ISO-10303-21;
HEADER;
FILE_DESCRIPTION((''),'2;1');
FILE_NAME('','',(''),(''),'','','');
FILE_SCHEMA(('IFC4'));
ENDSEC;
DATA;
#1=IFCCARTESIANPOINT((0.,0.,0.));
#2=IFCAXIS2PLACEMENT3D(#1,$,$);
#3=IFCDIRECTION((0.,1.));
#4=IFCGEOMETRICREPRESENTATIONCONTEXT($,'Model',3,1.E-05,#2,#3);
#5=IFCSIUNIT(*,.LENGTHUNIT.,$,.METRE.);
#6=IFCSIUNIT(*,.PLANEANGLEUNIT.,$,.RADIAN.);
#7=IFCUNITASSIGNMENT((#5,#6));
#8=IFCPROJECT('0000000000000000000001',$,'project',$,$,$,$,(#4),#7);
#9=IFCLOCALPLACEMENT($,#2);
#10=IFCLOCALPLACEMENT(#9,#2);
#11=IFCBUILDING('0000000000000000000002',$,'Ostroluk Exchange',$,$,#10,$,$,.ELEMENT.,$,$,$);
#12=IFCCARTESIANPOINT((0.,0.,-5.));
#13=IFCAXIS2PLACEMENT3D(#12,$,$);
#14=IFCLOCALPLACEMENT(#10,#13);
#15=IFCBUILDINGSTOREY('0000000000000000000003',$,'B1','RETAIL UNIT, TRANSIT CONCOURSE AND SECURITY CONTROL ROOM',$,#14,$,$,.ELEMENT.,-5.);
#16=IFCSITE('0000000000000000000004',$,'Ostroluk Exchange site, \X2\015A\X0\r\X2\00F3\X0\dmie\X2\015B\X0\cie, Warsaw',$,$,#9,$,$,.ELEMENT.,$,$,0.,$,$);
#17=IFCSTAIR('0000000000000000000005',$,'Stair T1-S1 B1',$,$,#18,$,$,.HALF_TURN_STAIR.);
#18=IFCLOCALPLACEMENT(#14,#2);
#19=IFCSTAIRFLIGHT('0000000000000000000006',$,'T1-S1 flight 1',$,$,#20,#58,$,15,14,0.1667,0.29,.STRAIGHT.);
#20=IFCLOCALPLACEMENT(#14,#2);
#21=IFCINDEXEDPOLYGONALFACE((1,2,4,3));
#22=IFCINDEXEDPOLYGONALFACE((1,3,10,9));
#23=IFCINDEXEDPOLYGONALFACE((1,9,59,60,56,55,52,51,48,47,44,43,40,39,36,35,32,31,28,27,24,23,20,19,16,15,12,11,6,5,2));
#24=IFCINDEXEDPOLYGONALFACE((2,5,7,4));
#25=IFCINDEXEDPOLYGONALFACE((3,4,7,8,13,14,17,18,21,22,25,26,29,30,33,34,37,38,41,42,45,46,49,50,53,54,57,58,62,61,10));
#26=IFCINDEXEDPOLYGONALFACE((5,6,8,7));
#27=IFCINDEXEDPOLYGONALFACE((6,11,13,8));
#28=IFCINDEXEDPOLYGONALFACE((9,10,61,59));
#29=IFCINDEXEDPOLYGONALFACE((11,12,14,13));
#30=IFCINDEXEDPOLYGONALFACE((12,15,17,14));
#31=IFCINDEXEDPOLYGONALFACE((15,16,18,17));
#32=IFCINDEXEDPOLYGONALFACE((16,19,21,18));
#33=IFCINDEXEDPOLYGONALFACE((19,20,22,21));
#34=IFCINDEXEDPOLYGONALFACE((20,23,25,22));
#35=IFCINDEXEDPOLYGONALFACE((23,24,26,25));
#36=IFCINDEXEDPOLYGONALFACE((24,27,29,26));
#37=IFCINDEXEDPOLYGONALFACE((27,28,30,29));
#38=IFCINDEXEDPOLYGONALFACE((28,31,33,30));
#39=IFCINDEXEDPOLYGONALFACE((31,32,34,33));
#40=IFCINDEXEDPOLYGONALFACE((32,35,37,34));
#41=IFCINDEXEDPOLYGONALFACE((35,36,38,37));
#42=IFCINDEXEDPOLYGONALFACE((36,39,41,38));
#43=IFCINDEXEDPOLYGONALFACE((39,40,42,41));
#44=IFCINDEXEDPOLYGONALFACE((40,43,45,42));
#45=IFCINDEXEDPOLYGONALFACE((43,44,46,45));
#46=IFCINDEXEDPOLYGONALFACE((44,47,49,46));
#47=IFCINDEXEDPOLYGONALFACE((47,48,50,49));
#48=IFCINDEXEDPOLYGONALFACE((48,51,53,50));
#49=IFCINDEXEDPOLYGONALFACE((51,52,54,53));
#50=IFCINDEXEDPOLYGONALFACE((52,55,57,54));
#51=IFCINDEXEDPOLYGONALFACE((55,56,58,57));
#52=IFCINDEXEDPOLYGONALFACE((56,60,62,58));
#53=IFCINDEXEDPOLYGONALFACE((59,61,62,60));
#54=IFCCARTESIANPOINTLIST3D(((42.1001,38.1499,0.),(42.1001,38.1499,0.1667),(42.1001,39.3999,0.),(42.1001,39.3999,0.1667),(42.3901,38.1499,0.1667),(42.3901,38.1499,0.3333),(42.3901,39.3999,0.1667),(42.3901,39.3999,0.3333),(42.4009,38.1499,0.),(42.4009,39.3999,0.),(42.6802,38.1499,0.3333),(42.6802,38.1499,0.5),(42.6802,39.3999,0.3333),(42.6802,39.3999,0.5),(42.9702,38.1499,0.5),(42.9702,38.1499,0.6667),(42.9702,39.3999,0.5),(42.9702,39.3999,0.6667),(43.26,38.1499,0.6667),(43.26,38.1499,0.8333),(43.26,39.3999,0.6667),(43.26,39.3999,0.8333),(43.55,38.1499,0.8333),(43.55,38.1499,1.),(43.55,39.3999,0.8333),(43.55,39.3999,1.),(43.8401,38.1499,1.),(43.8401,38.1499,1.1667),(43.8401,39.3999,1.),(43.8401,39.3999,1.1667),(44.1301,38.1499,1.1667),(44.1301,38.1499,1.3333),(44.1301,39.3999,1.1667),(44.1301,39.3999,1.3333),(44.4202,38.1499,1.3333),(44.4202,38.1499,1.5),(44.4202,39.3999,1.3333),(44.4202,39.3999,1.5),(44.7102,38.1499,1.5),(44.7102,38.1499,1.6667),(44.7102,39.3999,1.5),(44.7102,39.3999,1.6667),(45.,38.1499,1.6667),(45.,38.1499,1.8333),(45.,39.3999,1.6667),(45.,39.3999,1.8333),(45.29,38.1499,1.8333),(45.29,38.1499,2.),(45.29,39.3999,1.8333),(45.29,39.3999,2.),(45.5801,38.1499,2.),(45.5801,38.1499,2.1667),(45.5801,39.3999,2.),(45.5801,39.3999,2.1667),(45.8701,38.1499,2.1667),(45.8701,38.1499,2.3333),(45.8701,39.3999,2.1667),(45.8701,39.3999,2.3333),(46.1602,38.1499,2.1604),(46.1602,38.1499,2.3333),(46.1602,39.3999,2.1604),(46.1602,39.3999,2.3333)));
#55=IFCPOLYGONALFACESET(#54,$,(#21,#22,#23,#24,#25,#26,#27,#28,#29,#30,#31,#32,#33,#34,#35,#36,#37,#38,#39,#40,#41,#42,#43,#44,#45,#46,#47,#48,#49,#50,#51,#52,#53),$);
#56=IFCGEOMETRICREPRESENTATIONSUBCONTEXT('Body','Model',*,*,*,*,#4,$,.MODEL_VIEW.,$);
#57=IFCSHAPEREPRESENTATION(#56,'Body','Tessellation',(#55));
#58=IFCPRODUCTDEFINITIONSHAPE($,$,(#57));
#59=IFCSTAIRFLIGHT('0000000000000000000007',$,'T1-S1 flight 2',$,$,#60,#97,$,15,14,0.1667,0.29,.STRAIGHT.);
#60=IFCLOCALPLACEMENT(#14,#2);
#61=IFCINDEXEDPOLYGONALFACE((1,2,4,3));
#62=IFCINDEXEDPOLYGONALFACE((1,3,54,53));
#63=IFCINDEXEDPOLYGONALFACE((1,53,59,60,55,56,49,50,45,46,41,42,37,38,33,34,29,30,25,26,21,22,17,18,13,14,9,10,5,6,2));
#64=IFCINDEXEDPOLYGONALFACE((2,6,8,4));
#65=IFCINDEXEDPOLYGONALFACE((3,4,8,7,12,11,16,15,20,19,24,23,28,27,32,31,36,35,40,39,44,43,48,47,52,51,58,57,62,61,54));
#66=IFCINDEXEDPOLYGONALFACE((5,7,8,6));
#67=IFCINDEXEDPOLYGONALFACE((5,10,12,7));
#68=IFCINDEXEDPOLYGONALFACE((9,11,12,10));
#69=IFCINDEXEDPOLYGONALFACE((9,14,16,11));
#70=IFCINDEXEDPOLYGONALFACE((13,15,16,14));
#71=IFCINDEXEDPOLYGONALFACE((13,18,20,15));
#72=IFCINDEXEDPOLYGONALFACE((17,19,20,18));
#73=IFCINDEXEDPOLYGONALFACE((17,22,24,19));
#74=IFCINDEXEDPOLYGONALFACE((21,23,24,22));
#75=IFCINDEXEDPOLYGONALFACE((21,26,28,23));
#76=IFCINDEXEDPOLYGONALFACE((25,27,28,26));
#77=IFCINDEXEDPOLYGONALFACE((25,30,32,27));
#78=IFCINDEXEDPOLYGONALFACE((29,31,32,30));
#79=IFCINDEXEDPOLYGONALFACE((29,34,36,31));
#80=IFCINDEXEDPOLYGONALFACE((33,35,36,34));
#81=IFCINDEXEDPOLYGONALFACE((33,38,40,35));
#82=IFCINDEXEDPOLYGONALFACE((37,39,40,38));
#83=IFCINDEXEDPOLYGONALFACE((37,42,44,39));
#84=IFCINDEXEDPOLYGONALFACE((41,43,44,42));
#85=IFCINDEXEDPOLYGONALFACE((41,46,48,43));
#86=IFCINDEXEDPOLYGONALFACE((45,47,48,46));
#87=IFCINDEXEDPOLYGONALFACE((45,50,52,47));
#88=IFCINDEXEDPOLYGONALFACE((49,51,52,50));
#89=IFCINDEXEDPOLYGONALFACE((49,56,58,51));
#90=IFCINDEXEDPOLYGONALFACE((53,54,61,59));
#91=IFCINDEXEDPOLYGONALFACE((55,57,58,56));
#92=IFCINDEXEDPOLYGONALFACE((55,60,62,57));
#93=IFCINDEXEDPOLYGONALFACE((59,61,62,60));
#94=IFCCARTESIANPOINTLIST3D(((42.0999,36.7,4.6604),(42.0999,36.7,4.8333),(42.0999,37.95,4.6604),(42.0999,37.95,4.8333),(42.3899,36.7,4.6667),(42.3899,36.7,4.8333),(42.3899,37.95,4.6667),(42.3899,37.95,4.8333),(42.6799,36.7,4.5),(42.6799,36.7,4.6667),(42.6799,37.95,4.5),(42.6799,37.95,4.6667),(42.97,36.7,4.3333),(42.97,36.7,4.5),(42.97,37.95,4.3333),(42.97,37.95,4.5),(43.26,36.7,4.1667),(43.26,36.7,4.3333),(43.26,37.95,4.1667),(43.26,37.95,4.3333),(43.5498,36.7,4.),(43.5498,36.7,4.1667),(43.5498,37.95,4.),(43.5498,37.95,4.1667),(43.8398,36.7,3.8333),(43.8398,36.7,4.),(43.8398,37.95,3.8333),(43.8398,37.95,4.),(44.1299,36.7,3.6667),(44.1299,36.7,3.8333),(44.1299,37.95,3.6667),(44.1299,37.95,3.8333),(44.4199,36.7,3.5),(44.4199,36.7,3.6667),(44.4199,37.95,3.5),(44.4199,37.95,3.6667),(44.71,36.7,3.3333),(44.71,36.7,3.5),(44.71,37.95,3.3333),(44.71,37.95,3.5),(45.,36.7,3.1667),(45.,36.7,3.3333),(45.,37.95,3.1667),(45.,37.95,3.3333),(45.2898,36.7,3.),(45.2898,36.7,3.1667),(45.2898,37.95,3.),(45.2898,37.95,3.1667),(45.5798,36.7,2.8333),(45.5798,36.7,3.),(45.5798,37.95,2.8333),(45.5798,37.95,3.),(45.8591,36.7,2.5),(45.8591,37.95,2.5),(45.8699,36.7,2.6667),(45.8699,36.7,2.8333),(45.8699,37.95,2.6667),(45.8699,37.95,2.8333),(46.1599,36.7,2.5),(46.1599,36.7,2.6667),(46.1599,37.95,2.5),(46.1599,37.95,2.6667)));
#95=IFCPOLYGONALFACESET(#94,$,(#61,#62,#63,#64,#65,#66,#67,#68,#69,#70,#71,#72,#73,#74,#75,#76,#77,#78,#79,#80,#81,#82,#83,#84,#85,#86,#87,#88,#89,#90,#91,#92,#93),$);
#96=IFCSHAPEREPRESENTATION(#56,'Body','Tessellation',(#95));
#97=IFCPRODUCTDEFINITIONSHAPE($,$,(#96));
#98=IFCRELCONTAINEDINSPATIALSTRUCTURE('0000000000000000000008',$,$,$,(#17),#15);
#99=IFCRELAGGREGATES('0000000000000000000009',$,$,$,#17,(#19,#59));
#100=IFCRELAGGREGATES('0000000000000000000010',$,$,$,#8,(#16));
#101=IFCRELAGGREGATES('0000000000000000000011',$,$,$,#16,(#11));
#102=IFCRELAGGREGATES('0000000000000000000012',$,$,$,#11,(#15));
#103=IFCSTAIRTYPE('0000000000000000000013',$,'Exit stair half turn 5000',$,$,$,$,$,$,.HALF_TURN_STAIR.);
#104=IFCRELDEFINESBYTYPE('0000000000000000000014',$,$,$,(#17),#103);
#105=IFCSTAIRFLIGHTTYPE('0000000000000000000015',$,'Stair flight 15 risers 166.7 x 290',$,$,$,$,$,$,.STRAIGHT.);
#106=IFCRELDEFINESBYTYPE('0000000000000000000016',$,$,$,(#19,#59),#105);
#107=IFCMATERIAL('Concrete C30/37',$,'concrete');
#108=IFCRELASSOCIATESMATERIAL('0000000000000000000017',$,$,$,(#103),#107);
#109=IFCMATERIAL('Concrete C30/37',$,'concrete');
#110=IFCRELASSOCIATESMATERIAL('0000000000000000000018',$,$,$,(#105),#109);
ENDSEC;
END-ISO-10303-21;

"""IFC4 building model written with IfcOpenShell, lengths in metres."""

from ifc_helpers import new_model, si_unit, direction, frame, origin, place, context, subcontext, project, spatial, polyline, outline, extrude, material, type_object, element, aggregate, save


model = new_model("IFC4")

# Units and contexts
model_context = context("Model", 3, precision=1e-05, world=origin(), true_north=direction((0.0, 1.0)))
body_context = subcontext(model_context, "Body", "Model", "MODEL_VIEW")
ifc_project = project(units=[si_unit("LENGTHUNIT", "METRE"), si_unit("PLANEANGLEUNIT", "RADIAN")], contexts=[model_context])

# Site, building, storey
site_placement = place(None, origin())
site = spatial("IfcSite", under=ifc_project, at=site_placement, Name="Ostroluk Exchange site, Śródmieście, Warsaw", CompositionType="ELEMENT", RefElevation=0.0)
building_placement = place(site_placement, origin())
building = spatial("IfcBuilding", under=site, at=building_placement, Name="Ostroluk Exchange", CompositionType="ELEMENT")
storey_placement = place(building_placement, frame((0.0, 0.0, -5.0)))
storey = spatial("IfcBuildingStorey", under=building, at=storey_placement, Name="B1", Description="RETAIL UNIT, TRANSIT CONCOURSE AND SECURITY CONTROL ROOM", CompositionType="ELEMENT", Elevation=-5.0)

# Stair, stair flights
ifc_material_1 = material(Name="Concrete C30/37", Category="concrete")
stair_type = type_object("IfcStairType", Name="Exit stair half turn 5000", PredefinedType="HALF_TURN_STAIR", material=ifc_material_1)
stair_placement = place(storey_placement, origin())
stair = element("IfcStair", 1, at=stair_placement, inside=storey, type_object=stair_type, Name="Stair T1-S1 B1", PredefinedType="HALF_TURN_STAIR")
ifc_material_2 = material(Name="Concrete C30/37", Category="concrete")
stair_flight_type = type_object("IfcStairFlightType", Name="Stair flight 15 risers 166.7 x 290", PredefinedType="STRAIGHT", material=ifc_material_2)
stair_flight_1_placement = place(storey_placement, frame((42.1001, 38.7749, 0.0), z_axis=(0.0, 0.0, 1.0), x_axis=(1.0, 0.0, 0.0)))
stair_flight_1 = element("IfcStairFlight", 2, at=stair_flight_1_placement, type_object=stair_flight_type, Name="T1-S1 flight 1", NumberOfRisers=15, NumberOfTreads=14, PredefinedType="STRAIGHT", RiserHeight=0.1667, TreadLength=0.29, context=body_context, shape_type="SweptSolid", body=[
    extrude(outline(polyline([(0.0, 0.0), (0.0, 0.1667), (0.29, 0.1667), (0.29, 0.3333), (0.5801, 0.3333), (0.5801, 0.5), (0.8701, 0.5), (0.8701, 0.6667), (1.1599, 0.6667), (1.1599, 0.8333), (1.45, 0.8333), (1.45, 1.0), (1.74, 1.0), (1.74, 1.1667), (2.03, 1.1667), (2.03, 1.3333), (2.3201, 1.3333), (2.3201, 1.5), (2.6101, 1.5), (2.6101, 1.6667), (2.8999, 1.6667), (2.8999, 1.8333), (3.1899, 1.8333), (3.1899, 2.0), (3.48, 2.0), (3.48, 2.1667), (3.77, 2.1667), (3.77, 2.3333), (4.0601, 2.3333), (4.0601, 2.5), (4.0601, 2.1604), (0.3008, 0.0), (0.0, 0.0)])), frame((0.0, 0.625, 0.0), z_axis=(0.0, -1.0, 0.0), x_axis=(1.0, 0.0, 0.0)), (0.0, 0.0, 1.0), 1.25),
])
stair_flight_2_placement = place(storey_placement, frame((46.1599, 37.325, 2.5), z_axis=(0.0, 0.0, 1.0), x_axis=(-1.0, 0.0, 0.0)))
stair_flight_2 = element("IfcStairFlight", 3, at=stair_flight_2_placement, type_object=stair_flight_type, Name="T1-S1 flight 2", NumberOfRisers=15, NumberOfTreads=14, PredefinedType="STRAIGHT", RiserHeight=0.1667, TreadLength=0.29, context=body_context, shape_type="SweptSolid", body=[
    extrude(outline(polyline([(0.0, 0.0), (0.0, 0.1667), (0.29, 0.1667), (0.29, 0.3333), (0.5801, 0.3333), (0.5801, 0.5), (0.8701, 0.5), (0.8701, 0.6667), (1.1599, 0.6667), (1.1599, 0.8333), (1.45, 0.8333), (1.45, 1.0), (1.74, 1.0), (1.74, 1.1667), (2.03, 1.1667), (2.03, 1.3333), (2.3201, 1.3333), (2.3201, 1.5), (2.6101, 1.5), (2.6101, 1.6667), (2.8999, 1.6667), (2.8999, 1.8333), (3.1899, 1.8333), (3.1899, 2.0), (3.48, 2.0), (3.48, 2.1667), (3.77, 2.1667), (3.77, 2.3333), (4.0601, 2.3333), (4.0601, 2.5), (4.0601, 2.1604), (0.3008, 0.0), (0.0, 0.0)])), frame((0.0, 0.625, 0.0), z_axis=(0.0, -1.0, 0.0), x_axis=(1.0, 0.0, 0.0)), (0.0, 0.0, 1.0), 1.25),
])
aggregate(stair, [stair_flight_1, stair_flight_2])

save(model, "model.ifc")
